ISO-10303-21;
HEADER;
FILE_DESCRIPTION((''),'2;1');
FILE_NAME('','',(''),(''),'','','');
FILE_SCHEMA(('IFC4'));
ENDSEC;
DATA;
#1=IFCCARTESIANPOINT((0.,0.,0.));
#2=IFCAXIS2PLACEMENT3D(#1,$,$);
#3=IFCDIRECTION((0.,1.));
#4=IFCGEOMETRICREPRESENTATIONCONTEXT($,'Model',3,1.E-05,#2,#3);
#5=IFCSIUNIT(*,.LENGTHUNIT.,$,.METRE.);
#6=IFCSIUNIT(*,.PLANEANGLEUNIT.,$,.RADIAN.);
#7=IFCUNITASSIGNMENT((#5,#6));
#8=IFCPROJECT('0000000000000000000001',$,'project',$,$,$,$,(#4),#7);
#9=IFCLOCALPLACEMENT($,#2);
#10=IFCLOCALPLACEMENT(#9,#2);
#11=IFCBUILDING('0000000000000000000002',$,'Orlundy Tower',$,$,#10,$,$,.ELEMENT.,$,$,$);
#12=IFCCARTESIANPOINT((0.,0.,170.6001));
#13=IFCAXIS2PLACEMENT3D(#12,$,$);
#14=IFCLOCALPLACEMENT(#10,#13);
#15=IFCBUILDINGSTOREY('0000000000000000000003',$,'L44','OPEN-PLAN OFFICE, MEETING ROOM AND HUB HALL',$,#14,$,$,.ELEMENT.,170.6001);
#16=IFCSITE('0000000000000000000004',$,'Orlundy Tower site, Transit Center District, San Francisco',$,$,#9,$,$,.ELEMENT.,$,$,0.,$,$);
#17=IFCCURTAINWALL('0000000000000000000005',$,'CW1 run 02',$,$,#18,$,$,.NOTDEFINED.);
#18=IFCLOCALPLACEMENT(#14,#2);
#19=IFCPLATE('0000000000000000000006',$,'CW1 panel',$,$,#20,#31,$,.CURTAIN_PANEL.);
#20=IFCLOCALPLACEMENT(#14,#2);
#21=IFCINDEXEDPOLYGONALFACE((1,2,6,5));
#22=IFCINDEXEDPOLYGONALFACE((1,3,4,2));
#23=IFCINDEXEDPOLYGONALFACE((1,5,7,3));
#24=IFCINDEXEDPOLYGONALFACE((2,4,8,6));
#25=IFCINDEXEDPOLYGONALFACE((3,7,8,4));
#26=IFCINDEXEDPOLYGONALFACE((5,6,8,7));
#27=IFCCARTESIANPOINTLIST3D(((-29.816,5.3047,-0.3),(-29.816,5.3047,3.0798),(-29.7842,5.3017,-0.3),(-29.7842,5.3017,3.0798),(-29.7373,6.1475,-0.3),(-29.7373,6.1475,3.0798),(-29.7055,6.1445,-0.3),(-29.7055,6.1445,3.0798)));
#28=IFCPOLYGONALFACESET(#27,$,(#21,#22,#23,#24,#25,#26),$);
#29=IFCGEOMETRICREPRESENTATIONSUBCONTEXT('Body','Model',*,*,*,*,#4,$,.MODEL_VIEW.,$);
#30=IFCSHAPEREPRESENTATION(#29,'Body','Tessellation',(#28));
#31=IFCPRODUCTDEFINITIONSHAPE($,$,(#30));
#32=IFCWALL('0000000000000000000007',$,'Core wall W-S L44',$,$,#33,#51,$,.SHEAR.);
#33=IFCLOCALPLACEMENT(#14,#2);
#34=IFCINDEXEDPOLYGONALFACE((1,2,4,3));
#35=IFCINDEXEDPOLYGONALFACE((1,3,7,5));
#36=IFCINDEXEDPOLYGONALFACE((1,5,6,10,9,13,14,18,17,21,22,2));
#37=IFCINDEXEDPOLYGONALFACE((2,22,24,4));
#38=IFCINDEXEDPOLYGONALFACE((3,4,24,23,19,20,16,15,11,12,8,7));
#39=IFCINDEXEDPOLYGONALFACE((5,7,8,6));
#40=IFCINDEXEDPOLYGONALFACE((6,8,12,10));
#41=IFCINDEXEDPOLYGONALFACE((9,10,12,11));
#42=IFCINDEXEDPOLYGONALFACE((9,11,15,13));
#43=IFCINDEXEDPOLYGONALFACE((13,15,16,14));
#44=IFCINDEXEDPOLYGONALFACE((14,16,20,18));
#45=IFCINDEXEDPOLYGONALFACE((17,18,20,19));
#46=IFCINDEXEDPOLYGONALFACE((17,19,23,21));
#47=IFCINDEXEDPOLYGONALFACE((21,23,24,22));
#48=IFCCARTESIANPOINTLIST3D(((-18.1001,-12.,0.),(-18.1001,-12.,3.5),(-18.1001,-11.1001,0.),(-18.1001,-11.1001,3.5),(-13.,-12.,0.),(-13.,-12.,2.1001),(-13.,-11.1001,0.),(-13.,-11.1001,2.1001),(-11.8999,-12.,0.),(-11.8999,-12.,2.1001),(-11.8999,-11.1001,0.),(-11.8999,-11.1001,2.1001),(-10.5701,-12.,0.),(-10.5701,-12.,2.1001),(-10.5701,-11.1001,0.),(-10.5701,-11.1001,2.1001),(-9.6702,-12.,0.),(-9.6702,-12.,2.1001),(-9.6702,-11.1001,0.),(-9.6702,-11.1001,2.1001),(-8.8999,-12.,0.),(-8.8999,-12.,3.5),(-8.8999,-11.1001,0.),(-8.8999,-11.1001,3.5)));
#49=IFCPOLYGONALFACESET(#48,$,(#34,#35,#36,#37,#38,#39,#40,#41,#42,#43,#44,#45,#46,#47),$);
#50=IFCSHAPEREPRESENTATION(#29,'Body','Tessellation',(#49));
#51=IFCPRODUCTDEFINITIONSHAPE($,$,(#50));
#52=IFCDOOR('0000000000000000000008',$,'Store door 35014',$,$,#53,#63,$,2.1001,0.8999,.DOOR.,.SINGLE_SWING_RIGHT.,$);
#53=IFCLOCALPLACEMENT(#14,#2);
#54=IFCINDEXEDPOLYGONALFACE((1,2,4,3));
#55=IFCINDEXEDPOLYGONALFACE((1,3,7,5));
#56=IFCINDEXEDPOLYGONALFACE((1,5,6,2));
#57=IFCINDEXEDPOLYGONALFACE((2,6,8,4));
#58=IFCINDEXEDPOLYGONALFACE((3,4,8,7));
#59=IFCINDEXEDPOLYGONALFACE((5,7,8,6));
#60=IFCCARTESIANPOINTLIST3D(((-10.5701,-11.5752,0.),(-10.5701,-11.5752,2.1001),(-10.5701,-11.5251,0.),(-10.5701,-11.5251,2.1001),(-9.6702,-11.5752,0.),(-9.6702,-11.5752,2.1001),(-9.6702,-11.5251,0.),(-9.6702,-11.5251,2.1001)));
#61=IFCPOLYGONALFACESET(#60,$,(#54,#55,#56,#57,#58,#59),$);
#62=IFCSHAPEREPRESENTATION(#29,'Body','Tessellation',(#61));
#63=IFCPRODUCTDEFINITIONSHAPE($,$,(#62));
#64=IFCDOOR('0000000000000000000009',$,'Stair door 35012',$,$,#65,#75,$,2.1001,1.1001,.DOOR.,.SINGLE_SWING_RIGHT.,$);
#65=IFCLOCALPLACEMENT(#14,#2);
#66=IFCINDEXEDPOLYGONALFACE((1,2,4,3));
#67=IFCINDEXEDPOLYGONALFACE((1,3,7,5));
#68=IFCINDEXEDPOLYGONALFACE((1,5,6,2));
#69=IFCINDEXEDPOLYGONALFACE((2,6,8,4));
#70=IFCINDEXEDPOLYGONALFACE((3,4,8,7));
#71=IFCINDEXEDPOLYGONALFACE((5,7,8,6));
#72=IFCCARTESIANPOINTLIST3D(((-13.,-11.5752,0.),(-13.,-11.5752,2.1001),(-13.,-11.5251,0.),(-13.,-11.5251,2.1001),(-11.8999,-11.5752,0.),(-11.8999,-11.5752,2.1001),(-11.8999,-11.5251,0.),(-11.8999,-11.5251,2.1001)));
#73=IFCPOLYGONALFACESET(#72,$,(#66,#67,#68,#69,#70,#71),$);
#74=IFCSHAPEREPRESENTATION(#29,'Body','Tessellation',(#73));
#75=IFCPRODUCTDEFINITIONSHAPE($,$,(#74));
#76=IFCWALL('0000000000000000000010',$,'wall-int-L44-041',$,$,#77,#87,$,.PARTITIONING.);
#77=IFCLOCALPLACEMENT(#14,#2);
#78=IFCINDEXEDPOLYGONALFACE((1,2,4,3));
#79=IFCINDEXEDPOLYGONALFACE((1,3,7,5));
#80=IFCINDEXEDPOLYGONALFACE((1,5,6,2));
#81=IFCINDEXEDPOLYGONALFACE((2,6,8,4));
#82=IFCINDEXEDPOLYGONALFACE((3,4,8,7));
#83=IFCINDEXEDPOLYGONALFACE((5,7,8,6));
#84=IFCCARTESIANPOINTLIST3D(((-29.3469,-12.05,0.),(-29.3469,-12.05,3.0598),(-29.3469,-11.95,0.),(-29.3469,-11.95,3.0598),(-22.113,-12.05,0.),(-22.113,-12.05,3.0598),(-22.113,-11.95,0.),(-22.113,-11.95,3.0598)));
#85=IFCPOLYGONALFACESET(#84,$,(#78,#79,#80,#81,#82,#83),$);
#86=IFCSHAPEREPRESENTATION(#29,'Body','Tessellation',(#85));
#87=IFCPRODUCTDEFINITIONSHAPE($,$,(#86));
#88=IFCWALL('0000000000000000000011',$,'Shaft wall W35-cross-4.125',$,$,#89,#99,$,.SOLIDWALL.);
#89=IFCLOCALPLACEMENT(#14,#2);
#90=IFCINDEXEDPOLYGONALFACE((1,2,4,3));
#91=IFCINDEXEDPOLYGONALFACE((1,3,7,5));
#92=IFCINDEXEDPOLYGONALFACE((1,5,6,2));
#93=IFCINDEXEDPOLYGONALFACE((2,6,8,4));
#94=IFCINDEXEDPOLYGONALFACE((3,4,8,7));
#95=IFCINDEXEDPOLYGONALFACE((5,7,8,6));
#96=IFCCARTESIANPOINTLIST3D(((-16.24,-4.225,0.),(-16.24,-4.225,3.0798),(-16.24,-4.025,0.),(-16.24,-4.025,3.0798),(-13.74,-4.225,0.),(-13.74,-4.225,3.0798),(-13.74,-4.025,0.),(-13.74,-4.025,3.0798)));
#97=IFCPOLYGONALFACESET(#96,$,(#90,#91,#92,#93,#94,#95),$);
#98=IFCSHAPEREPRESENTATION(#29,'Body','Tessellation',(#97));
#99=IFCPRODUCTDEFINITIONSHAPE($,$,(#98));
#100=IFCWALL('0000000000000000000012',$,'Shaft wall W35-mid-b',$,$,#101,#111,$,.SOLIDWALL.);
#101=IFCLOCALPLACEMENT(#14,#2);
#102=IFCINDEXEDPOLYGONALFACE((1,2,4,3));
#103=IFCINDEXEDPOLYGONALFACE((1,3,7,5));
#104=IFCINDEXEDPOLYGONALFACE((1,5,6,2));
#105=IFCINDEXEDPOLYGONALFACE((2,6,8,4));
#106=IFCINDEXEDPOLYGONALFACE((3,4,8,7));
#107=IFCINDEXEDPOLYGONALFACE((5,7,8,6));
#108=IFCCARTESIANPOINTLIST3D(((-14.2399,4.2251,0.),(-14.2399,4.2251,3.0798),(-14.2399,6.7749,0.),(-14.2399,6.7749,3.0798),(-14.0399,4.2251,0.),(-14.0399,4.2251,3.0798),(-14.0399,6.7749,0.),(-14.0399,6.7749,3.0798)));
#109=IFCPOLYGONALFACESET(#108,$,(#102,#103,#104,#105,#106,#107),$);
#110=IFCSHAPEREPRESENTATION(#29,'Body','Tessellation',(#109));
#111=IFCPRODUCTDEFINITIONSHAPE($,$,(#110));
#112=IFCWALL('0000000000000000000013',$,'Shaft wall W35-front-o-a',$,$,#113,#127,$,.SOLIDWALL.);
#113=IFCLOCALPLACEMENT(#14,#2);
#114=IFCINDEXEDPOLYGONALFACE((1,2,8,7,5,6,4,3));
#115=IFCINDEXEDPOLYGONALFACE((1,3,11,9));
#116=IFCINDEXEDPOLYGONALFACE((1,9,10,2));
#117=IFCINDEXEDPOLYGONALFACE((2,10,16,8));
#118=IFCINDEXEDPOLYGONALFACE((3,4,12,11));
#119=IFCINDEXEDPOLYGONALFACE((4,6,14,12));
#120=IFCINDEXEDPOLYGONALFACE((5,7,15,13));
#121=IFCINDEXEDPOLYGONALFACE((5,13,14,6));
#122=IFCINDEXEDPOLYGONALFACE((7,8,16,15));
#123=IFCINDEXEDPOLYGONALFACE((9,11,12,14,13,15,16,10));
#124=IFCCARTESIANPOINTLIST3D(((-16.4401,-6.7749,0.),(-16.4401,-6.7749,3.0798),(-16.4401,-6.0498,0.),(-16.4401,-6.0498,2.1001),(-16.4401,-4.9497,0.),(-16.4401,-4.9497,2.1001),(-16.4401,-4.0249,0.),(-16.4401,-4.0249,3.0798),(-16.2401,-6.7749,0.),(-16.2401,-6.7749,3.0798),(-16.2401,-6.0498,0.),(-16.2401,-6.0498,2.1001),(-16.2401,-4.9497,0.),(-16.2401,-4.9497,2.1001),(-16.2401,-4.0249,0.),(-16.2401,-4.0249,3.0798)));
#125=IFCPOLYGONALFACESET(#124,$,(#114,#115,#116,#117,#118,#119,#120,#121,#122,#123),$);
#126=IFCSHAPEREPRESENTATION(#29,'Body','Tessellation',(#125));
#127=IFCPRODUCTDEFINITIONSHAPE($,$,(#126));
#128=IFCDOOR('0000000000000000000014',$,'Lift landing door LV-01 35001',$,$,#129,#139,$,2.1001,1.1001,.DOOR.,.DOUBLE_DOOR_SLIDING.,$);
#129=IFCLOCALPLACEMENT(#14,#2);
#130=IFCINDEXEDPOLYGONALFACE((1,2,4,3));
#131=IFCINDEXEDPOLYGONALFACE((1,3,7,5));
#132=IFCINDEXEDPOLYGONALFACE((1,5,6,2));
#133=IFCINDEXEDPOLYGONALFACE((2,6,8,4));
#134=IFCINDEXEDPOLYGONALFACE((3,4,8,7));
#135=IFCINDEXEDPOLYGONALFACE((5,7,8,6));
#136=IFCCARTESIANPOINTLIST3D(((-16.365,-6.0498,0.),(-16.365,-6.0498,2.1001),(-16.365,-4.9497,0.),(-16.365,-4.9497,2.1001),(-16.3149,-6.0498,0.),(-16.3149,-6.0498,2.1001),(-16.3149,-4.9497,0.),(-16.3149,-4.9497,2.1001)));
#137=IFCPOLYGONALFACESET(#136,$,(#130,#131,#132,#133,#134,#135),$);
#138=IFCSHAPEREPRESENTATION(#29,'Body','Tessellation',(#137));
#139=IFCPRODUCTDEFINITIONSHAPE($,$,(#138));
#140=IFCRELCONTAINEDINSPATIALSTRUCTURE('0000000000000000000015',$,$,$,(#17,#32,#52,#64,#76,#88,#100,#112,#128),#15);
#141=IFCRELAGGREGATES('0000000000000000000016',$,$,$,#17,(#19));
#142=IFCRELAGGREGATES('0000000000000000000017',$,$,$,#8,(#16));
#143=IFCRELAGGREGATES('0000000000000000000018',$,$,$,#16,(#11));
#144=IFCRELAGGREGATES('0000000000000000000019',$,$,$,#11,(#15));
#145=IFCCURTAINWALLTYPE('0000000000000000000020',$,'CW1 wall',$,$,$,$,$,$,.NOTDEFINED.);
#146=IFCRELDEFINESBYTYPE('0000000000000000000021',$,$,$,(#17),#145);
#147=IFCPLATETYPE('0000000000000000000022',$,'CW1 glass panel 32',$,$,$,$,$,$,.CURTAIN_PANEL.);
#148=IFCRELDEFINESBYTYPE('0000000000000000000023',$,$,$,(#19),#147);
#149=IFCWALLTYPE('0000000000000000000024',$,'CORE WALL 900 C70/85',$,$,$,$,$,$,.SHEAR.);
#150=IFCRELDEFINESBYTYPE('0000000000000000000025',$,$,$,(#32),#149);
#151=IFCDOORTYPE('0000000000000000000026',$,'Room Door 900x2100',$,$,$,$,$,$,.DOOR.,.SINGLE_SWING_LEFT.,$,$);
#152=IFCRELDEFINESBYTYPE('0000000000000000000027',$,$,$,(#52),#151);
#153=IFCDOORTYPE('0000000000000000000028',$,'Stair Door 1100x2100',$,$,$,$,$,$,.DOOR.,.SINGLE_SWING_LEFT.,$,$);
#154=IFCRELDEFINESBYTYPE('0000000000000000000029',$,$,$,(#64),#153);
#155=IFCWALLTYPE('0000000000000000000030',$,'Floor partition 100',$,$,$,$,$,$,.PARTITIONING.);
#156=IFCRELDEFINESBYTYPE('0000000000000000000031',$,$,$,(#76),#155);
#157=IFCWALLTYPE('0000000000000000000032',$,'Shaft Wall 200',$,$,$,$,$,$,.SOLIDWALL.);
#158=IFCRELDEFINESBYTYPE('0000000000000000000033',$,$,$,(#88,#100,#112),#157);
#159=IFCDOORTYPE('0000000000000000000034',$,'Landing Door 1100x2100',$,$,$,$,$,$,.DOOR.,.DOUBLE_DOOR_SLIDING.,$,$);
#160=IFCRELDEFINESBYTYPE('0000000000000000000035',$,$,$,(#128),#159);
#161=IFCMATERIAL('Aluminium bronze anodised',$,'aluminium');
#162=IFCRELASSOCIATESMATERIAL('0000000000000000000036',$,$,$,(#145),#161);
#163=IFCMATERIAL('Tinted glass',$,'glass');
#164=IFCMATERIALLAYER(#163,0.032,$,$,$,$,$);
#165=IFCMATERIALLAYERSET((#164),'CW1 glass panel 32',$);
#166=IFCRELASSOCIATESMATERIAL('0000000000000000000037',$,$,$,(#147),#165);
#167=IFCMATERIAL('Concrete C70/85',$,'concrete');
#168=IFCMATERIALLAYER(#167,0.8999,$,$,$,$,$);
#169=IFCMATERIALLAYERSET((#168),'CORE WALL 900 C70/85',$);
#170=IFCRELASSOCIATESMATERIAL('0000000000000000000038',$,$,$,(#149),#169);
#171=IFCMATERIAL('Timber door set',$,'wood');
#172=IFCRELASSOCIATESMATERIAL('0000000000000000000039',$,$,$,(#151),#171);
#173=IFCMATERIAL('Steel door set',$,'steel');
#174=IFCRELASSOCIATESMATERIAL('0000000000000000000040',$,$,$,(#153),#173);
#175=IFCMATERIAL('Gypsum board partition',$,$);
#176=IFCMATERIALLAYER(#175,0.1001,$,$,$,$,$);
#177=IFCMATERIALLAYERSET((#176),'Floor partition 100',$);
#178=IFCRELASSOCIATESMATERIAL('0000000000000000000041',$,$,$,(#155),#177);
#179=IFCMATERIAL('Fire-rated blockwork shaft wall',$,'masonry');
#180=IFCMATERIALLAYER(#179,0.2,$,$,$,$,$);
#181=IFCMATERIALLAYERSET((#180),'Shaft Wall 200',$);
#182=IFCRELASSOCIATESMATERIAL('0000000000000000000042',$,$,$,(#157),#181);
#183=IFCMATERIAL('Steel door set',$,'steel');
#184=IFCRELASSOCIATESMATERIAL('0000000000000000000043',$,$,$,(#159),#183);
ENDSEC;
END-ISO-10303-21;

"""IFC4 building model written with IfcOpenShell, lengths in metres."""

from ifc_helpers import new_model, si_unit, direction, frame, frame_2d, origin, origin_2d, place, context, subcontext, project, spatial, rectangle, extrude, material, layer, layer_set, type_object, element, fill, aggregate, save


model = new_model("IFC4")

# Units and contexts
model_context = context("Model", 3, precision=1e-05, world=origin(), true_north=direction((0.0, 1.0)))
body_context = subcontext(model_context, "Body", "Model", "MODEL_VIEW")
ifc_project = project(units=[si_unit("LENGTHUNIT", "METRE"), si_unit("PLANEANGLEUNIT", "RADIAN")], contexts=[model_context])

# Site, building, storey
site_placement = place(None, origin())
site = spatial("IfcSite", under=ifc_project, at=site_placement, Name="Orlundy Tower site, Transit Center District, San Francisco", CompositionType="ELEMENT", RefElevation=0.0)
building_placement = place(site_placement, origin())
building = spatial("IfcBuilding", under=site, at=building_placement, Name="Orlundy Tower", CompositionType="ELEMENT")
storey_placement = place(building_placement, frame((0.0, 0.0, 170.6001)))
storey = spatial("IfcBuildingStorey", under=building, at=storey_placement, Name="L44", Description="OPEN-PLAN OFFICE, MEETING ROOM AND HUB HALL", CompositionType="ELEMENT", Elevation=170.6001)

# Curtain wall
ifc_material_1 = material(Name="Aluminium bronze anodised", Category="aluminium")
curtain_wall_type = type_object("IfcCurtainWallType", Name="CW1 wall", PredefinedType="NOTDEFINED", material=ifc_material_1)
curtain_wall_1_placement = place(storey_placement, origin())
curtain_wall_1 = element("IfcCurtainWall", 1, at=curtain_wall_1_placement, inside=storey, type_object=curtain_wall_type, Name="CW1 run 02", PredefinedType="NOTDEFINED")

# Shared definitions
ifc_material_2 = material(Name="Tinted glass", Category="glass")
ifc_layer_1 = layer(ifc_material_2, 0.032)
ifc_layer_set_1 = layer_set([ifc_layer_1], Name="CW1 glass panel 32")
plate_type = type_object("IfcPlateType", Name="CW1 glass panel 32", PredefinedType="CURTAIN_PANEL", material=ifc_layer_set_1)

# Plate
plate_1_placement = place(storey_placement, frame((-29.7607, 5.7246, -0.3), z_axis=(0.0, 0.0, 1.0), x_axis=(0.092948, 0.995671, 0.0)))
plate_1 = element("IfcPlate", 2, at=plate_1_placement, type_object=plate_type, Name="CW1 panel", PredefinedType="CURTAIN_PANEL", context=body_context, shape_type="SweptSolid", body=[
    extrude(rectangle(XDim=0.8464, YDim=0.032, at=origin_2d()), origin(), (0.0, 0.0, 1.0), 3.3799),
])
aggregate(curtain_wall_1, [plate_1])

# Wall, openings, doors
ifc_material_3 = material(Name="Concrete C70/85", Category="concrete")
ifc_layer_2 = layer(ifc_material_3, 0.8999)
ifc_layer_set_2 = layer_set([ifc_layer_2], Name="CORE WALL 900 C70/85")
wall_type_1 = type_object("IfcWallType", Name="CORE WALL 900 C70/85", PredefinedType="SHEAR", material=ifc_layer_set_2)
wall_1_placement = place(storey_placement, frame((-18.1001, -11.55, 0.0), z_axis=(0.0, 0.0, 1.0), x_axis=(1.0, 0.0, 0.0)))
wall_1 = element("IfcWall", 3, at=wall_1_placement, inside=storey, type_object=wall_type_1, Name="Core wall W-S L44", PredefinedType="SHEAR", context=body_context, shape_type="SweptSolid", body=[
    extrude(rectangle(XDim=9.2002, YDim=0.8999, at=frame_2d((4.6001, 0.0))), origin(), (0.0, 0.0, 1.0), 3.5),
])
opening_1_placement = place(wall_1_placement, frame((5.1001, 0.0, 0.0)))
opening_1 = element("IfcOpeningElement", 4, at=opening_1_placement, cuts=wall_1, PredefinedType="OPENING", context=body_context, shape_type="SweptSolid", body=[
    extrude(rectangle(XDim=1.1001, YDim=2.1001, at=frame_2d((0.55, 1.05))), frame((0.0, 0.46, 0.0), z_axis=(0.0, -1.0, 0.0), x_axis=(1.0, 0.0, 0.0)), (0.0, 0.0, 1.0), 0.9199),
])
opening_2_placement = place(wall_1_placement, frame((7.53, 0.0, 0.0)))
opening_2 = element("IfcOpeningElement", 5, at=opening_2_placement, cuts=wall_1, PredefinedType="OPENING", context=body_context, shape_type="SweptSolid", body=[
    extrude(rectangle(XDim=0.8999, YDim=2.1001, at=frame_2d((0.45, 1.05))), frame((0.0, 0.46, 0.0), z_axis=(0.0, -1.0, 0.0), x_axis=(1.0, 0.0, 0.0)), (0.0, 0.0, 1.0), 0.9199),
])
ifc_material_4 = material(Name="Timber door set", Category="wood")
door_type_1 = type_object("IfcDoorType", Name="Room Door 900x2100", OperationType="SINGLE_SWING_LEFT", PredefinedType="DOOR", material=ifc_material_4)
door_1_placement = place(opening_2_placement, origin())
door_1 = element("IfcDoor", 6, at=door_1_placement, inside=storey, type_object=door_type_1, Name="Store door 35014", OperationType="SINGLE_SWING_RIGHT", OverallHeight=2.1001, OverallWidth=0.8999, PredefinedType="DOOR", context=body_context, shape_type="SweptSolid", body=[
    extrude(rectangle(XDim=0.8999, YDim=2.1001, at=frame_2d((0.45, 1.05))), frame((0.0, 0.0249, 0.0), z_axis=(0.0, -1.0, 0.0), x_axis=(1.0, 0.0, 0.0)), (0.0, 0.0, 1.0), 0.05),
])
fill(opening_2, door_1)
ifc_material_5 = material(Name="Steel door set", Category="steel")
door_type_2 = type_object("IfcDoorType", Name="Stair Door 1100x2100", OperationType="SINGLE_SWING_LEFT", PredefinedType="DOOR", material=ifc_material_5)
door_2_placement = place(opening_1_placement, origin())
door_2 = element("IfcDoor", 7, at=door_2_placement, inside=storey, type_object=door_type_2, Name="Stair door 35012", OperationType="SINGLE_SWING_RIGHT", OverallHeight=2.1001, OverallWidth=1.1001, PredefinedType="DOOR", context=body_context, shape_type="SweptSolid", body=[
    extrude(rectangle(XDim=1.1001, YDim=2.1001, at=frame_2d((0.55, 1.05))), frame((0.0, 0.0249, 0.0), z_axis=(0.0, -1.0, 0.0), x_axis=(1.0, 0.0, 0.0)), (0.0, 0.0, 1.0), 0.05),
])
fill(opening_1, door_2)

# Walls
ifc_material_6 = material(Name="Gypsum board partition")
ifc_layer_3 = layer(ifc_material_6, 0.1001)
ifc_layer_set_3 = layer_set([ifc_layer_3], Name="Floor partition 100")
wall_type_2 = type_object("IfcWallType", Name="Floor partition 100", PredefinedType="PARTITIONING", material=ifc_layer_set_3)
wall_2_placement = place(storey_placement, frame((-29.3469, -12.0, 0.0), z_axis=(0.0, 0.0, 1.0), x_axis=(1.0, 0.0, 0.0)))
element("IfcWall", 8, at=wall_2_placement, inside=storey, type_object=wall_type_2, Name="wall-int-L44-041", PredefinedType="PARTITIONING", context=body_context, shape_type="SweptSolid", body=[
    extrude(rectangle(XDim=7.2339, YDim=0.1001, at=frame_2d((3.6169, 0.0))), origin(), (0.0, 0.0, 1.0), 3.0598),
])
ifc_material_7 = material(Name="Fire-rated blockwork shaft wall", Category="masonry")
ifc_layer_4 = layer(ifc_material_7, 0.2)
ifc_layer_set_4 = layer_set([ifc_layer_4], Name="Shaft Wall 200")
wall_type_3 = type_object("IfcWallType", Name="Shaft Wall 200", PredefinedType="SOLIDWALL", material=ifc_layer_set_4)
wall_3_placement = place(storey_placement, frame((-13.74, -4.125, 0.0), z_axis=(0.0, 0.0, 1.0), x_axis=(-1.0, 0.0, 0.0)))
element("IfcWall", 9, at=wall_3_placement, inside=storey, type_object=wall_type_3, Name="Shaft wall W35-cross-4.125", PredefinedType="SOLIDWALL", context=body_context, shape_type="SweptSolid", body=[
    extrude(rectangle(XDim=2.5, YDim=0.2, at=frame_2d((1.25, 0.0))), origin(), (0.0, 0.0, 1.0), 3.0798),
])
wall_4_placement = place(storey_placement, frame((-14.1399, 4.2251, 0.0), z_axis=(0.0, 0.0, 1.0), x_axis=(0.0, 1.0, 0.0)))
element("IfcWall", 10, at=wall_4_placement, inside=storey, type_object=wall_type_3, Name="Shaft wall W35-mid-b", PredefinedType="SOLIDWALL", context=body_context, shape_type="SweptSolid", body=[
    extrude(rectangle(XDim=2.5498, YDim=0.2, at=frame_2d((1.2749, 0.0))), origin(), (0.0, 0.0, 1.0), 3.0798),
])

# Wall, opening, door
wall_5_placement = place(storey_placement, frame((-16.3401, -6.7749, 0.0), z_axis=(0.0, 0.0, 1.0), x_axis=(0.0, 1.0, 0.0)))
wall_5 = element("IfcWall", 11, at=wall_5_placement, inside=storey, type_object=wall_type_3, Name="Shaft wall W35-front-o-a", PredefinedType="SOLIDWALL", context=body_context, shape_type="SweptSolid", body=[
    extrude(rectangle(XDim=2.75, YDim=0.2, at=frame_2d((1.375, 0.0))), origin(), (0.0, 0.0, 1.0), 3.0798),
])
opening_3_placement = place(wall_5_placement, frame((0.7251, 0.0, 0.0)))
opening_3 = element("IfcOpeningElement", 12, at=opening_3_placement, cuts=wall_5, PredefinedType="OPENING", context=body_context, shape_type="SweptSolid", body=[
    extrude(rectangle(XDim=1.1001, YDim=2.1001, at=frame_2d((0.55, 1.05))), frame((0.0, 0.1101, 0.0), z_axis=(0.0, -1.0, 0.0), x_axis=(1.0, 0.0, 0.0)), (0.0, 0.0, 1.0), 0.2202),
])
ifc_material_8 = material(Name="Steel door set", Category="steel")
door_type_3 = type_object("IfcDoorType", Name="Landing Door 1100x2100", OperationType="DOUBLE_DOOR_SLIDING", PredefinedType="DOOR", material=ifc_material_8)
door_3_placement = place(opening_3_placement, origin())
door_3 = element("IfcDoor", 13, at=door_3_placement, inside=storey, type_object=door_type_3, Name="Lift landing door LV-01 35001", OperationType="DOUBLE_DOOR_SLIDING", OverallHeight=2.1001, OverallWidth=1.1001, PredefinedType="DOOR", context=body_context, shape_type="SweptSolid", body=[
    extrude(rectangle(XDim=1.1001, YDim=2.1001, at=frame_2d((0.55, 1.05))), frame((0.0, 0.0249, 0.0), z_axis=(0.0, -1.0, 0.0), x_axis=(1.0, 0.0, 0.0)), (0.0, 0.0, 1.0), 0.05),
])
fill(opening_3, door_3)

save(model, "model.ifc")
